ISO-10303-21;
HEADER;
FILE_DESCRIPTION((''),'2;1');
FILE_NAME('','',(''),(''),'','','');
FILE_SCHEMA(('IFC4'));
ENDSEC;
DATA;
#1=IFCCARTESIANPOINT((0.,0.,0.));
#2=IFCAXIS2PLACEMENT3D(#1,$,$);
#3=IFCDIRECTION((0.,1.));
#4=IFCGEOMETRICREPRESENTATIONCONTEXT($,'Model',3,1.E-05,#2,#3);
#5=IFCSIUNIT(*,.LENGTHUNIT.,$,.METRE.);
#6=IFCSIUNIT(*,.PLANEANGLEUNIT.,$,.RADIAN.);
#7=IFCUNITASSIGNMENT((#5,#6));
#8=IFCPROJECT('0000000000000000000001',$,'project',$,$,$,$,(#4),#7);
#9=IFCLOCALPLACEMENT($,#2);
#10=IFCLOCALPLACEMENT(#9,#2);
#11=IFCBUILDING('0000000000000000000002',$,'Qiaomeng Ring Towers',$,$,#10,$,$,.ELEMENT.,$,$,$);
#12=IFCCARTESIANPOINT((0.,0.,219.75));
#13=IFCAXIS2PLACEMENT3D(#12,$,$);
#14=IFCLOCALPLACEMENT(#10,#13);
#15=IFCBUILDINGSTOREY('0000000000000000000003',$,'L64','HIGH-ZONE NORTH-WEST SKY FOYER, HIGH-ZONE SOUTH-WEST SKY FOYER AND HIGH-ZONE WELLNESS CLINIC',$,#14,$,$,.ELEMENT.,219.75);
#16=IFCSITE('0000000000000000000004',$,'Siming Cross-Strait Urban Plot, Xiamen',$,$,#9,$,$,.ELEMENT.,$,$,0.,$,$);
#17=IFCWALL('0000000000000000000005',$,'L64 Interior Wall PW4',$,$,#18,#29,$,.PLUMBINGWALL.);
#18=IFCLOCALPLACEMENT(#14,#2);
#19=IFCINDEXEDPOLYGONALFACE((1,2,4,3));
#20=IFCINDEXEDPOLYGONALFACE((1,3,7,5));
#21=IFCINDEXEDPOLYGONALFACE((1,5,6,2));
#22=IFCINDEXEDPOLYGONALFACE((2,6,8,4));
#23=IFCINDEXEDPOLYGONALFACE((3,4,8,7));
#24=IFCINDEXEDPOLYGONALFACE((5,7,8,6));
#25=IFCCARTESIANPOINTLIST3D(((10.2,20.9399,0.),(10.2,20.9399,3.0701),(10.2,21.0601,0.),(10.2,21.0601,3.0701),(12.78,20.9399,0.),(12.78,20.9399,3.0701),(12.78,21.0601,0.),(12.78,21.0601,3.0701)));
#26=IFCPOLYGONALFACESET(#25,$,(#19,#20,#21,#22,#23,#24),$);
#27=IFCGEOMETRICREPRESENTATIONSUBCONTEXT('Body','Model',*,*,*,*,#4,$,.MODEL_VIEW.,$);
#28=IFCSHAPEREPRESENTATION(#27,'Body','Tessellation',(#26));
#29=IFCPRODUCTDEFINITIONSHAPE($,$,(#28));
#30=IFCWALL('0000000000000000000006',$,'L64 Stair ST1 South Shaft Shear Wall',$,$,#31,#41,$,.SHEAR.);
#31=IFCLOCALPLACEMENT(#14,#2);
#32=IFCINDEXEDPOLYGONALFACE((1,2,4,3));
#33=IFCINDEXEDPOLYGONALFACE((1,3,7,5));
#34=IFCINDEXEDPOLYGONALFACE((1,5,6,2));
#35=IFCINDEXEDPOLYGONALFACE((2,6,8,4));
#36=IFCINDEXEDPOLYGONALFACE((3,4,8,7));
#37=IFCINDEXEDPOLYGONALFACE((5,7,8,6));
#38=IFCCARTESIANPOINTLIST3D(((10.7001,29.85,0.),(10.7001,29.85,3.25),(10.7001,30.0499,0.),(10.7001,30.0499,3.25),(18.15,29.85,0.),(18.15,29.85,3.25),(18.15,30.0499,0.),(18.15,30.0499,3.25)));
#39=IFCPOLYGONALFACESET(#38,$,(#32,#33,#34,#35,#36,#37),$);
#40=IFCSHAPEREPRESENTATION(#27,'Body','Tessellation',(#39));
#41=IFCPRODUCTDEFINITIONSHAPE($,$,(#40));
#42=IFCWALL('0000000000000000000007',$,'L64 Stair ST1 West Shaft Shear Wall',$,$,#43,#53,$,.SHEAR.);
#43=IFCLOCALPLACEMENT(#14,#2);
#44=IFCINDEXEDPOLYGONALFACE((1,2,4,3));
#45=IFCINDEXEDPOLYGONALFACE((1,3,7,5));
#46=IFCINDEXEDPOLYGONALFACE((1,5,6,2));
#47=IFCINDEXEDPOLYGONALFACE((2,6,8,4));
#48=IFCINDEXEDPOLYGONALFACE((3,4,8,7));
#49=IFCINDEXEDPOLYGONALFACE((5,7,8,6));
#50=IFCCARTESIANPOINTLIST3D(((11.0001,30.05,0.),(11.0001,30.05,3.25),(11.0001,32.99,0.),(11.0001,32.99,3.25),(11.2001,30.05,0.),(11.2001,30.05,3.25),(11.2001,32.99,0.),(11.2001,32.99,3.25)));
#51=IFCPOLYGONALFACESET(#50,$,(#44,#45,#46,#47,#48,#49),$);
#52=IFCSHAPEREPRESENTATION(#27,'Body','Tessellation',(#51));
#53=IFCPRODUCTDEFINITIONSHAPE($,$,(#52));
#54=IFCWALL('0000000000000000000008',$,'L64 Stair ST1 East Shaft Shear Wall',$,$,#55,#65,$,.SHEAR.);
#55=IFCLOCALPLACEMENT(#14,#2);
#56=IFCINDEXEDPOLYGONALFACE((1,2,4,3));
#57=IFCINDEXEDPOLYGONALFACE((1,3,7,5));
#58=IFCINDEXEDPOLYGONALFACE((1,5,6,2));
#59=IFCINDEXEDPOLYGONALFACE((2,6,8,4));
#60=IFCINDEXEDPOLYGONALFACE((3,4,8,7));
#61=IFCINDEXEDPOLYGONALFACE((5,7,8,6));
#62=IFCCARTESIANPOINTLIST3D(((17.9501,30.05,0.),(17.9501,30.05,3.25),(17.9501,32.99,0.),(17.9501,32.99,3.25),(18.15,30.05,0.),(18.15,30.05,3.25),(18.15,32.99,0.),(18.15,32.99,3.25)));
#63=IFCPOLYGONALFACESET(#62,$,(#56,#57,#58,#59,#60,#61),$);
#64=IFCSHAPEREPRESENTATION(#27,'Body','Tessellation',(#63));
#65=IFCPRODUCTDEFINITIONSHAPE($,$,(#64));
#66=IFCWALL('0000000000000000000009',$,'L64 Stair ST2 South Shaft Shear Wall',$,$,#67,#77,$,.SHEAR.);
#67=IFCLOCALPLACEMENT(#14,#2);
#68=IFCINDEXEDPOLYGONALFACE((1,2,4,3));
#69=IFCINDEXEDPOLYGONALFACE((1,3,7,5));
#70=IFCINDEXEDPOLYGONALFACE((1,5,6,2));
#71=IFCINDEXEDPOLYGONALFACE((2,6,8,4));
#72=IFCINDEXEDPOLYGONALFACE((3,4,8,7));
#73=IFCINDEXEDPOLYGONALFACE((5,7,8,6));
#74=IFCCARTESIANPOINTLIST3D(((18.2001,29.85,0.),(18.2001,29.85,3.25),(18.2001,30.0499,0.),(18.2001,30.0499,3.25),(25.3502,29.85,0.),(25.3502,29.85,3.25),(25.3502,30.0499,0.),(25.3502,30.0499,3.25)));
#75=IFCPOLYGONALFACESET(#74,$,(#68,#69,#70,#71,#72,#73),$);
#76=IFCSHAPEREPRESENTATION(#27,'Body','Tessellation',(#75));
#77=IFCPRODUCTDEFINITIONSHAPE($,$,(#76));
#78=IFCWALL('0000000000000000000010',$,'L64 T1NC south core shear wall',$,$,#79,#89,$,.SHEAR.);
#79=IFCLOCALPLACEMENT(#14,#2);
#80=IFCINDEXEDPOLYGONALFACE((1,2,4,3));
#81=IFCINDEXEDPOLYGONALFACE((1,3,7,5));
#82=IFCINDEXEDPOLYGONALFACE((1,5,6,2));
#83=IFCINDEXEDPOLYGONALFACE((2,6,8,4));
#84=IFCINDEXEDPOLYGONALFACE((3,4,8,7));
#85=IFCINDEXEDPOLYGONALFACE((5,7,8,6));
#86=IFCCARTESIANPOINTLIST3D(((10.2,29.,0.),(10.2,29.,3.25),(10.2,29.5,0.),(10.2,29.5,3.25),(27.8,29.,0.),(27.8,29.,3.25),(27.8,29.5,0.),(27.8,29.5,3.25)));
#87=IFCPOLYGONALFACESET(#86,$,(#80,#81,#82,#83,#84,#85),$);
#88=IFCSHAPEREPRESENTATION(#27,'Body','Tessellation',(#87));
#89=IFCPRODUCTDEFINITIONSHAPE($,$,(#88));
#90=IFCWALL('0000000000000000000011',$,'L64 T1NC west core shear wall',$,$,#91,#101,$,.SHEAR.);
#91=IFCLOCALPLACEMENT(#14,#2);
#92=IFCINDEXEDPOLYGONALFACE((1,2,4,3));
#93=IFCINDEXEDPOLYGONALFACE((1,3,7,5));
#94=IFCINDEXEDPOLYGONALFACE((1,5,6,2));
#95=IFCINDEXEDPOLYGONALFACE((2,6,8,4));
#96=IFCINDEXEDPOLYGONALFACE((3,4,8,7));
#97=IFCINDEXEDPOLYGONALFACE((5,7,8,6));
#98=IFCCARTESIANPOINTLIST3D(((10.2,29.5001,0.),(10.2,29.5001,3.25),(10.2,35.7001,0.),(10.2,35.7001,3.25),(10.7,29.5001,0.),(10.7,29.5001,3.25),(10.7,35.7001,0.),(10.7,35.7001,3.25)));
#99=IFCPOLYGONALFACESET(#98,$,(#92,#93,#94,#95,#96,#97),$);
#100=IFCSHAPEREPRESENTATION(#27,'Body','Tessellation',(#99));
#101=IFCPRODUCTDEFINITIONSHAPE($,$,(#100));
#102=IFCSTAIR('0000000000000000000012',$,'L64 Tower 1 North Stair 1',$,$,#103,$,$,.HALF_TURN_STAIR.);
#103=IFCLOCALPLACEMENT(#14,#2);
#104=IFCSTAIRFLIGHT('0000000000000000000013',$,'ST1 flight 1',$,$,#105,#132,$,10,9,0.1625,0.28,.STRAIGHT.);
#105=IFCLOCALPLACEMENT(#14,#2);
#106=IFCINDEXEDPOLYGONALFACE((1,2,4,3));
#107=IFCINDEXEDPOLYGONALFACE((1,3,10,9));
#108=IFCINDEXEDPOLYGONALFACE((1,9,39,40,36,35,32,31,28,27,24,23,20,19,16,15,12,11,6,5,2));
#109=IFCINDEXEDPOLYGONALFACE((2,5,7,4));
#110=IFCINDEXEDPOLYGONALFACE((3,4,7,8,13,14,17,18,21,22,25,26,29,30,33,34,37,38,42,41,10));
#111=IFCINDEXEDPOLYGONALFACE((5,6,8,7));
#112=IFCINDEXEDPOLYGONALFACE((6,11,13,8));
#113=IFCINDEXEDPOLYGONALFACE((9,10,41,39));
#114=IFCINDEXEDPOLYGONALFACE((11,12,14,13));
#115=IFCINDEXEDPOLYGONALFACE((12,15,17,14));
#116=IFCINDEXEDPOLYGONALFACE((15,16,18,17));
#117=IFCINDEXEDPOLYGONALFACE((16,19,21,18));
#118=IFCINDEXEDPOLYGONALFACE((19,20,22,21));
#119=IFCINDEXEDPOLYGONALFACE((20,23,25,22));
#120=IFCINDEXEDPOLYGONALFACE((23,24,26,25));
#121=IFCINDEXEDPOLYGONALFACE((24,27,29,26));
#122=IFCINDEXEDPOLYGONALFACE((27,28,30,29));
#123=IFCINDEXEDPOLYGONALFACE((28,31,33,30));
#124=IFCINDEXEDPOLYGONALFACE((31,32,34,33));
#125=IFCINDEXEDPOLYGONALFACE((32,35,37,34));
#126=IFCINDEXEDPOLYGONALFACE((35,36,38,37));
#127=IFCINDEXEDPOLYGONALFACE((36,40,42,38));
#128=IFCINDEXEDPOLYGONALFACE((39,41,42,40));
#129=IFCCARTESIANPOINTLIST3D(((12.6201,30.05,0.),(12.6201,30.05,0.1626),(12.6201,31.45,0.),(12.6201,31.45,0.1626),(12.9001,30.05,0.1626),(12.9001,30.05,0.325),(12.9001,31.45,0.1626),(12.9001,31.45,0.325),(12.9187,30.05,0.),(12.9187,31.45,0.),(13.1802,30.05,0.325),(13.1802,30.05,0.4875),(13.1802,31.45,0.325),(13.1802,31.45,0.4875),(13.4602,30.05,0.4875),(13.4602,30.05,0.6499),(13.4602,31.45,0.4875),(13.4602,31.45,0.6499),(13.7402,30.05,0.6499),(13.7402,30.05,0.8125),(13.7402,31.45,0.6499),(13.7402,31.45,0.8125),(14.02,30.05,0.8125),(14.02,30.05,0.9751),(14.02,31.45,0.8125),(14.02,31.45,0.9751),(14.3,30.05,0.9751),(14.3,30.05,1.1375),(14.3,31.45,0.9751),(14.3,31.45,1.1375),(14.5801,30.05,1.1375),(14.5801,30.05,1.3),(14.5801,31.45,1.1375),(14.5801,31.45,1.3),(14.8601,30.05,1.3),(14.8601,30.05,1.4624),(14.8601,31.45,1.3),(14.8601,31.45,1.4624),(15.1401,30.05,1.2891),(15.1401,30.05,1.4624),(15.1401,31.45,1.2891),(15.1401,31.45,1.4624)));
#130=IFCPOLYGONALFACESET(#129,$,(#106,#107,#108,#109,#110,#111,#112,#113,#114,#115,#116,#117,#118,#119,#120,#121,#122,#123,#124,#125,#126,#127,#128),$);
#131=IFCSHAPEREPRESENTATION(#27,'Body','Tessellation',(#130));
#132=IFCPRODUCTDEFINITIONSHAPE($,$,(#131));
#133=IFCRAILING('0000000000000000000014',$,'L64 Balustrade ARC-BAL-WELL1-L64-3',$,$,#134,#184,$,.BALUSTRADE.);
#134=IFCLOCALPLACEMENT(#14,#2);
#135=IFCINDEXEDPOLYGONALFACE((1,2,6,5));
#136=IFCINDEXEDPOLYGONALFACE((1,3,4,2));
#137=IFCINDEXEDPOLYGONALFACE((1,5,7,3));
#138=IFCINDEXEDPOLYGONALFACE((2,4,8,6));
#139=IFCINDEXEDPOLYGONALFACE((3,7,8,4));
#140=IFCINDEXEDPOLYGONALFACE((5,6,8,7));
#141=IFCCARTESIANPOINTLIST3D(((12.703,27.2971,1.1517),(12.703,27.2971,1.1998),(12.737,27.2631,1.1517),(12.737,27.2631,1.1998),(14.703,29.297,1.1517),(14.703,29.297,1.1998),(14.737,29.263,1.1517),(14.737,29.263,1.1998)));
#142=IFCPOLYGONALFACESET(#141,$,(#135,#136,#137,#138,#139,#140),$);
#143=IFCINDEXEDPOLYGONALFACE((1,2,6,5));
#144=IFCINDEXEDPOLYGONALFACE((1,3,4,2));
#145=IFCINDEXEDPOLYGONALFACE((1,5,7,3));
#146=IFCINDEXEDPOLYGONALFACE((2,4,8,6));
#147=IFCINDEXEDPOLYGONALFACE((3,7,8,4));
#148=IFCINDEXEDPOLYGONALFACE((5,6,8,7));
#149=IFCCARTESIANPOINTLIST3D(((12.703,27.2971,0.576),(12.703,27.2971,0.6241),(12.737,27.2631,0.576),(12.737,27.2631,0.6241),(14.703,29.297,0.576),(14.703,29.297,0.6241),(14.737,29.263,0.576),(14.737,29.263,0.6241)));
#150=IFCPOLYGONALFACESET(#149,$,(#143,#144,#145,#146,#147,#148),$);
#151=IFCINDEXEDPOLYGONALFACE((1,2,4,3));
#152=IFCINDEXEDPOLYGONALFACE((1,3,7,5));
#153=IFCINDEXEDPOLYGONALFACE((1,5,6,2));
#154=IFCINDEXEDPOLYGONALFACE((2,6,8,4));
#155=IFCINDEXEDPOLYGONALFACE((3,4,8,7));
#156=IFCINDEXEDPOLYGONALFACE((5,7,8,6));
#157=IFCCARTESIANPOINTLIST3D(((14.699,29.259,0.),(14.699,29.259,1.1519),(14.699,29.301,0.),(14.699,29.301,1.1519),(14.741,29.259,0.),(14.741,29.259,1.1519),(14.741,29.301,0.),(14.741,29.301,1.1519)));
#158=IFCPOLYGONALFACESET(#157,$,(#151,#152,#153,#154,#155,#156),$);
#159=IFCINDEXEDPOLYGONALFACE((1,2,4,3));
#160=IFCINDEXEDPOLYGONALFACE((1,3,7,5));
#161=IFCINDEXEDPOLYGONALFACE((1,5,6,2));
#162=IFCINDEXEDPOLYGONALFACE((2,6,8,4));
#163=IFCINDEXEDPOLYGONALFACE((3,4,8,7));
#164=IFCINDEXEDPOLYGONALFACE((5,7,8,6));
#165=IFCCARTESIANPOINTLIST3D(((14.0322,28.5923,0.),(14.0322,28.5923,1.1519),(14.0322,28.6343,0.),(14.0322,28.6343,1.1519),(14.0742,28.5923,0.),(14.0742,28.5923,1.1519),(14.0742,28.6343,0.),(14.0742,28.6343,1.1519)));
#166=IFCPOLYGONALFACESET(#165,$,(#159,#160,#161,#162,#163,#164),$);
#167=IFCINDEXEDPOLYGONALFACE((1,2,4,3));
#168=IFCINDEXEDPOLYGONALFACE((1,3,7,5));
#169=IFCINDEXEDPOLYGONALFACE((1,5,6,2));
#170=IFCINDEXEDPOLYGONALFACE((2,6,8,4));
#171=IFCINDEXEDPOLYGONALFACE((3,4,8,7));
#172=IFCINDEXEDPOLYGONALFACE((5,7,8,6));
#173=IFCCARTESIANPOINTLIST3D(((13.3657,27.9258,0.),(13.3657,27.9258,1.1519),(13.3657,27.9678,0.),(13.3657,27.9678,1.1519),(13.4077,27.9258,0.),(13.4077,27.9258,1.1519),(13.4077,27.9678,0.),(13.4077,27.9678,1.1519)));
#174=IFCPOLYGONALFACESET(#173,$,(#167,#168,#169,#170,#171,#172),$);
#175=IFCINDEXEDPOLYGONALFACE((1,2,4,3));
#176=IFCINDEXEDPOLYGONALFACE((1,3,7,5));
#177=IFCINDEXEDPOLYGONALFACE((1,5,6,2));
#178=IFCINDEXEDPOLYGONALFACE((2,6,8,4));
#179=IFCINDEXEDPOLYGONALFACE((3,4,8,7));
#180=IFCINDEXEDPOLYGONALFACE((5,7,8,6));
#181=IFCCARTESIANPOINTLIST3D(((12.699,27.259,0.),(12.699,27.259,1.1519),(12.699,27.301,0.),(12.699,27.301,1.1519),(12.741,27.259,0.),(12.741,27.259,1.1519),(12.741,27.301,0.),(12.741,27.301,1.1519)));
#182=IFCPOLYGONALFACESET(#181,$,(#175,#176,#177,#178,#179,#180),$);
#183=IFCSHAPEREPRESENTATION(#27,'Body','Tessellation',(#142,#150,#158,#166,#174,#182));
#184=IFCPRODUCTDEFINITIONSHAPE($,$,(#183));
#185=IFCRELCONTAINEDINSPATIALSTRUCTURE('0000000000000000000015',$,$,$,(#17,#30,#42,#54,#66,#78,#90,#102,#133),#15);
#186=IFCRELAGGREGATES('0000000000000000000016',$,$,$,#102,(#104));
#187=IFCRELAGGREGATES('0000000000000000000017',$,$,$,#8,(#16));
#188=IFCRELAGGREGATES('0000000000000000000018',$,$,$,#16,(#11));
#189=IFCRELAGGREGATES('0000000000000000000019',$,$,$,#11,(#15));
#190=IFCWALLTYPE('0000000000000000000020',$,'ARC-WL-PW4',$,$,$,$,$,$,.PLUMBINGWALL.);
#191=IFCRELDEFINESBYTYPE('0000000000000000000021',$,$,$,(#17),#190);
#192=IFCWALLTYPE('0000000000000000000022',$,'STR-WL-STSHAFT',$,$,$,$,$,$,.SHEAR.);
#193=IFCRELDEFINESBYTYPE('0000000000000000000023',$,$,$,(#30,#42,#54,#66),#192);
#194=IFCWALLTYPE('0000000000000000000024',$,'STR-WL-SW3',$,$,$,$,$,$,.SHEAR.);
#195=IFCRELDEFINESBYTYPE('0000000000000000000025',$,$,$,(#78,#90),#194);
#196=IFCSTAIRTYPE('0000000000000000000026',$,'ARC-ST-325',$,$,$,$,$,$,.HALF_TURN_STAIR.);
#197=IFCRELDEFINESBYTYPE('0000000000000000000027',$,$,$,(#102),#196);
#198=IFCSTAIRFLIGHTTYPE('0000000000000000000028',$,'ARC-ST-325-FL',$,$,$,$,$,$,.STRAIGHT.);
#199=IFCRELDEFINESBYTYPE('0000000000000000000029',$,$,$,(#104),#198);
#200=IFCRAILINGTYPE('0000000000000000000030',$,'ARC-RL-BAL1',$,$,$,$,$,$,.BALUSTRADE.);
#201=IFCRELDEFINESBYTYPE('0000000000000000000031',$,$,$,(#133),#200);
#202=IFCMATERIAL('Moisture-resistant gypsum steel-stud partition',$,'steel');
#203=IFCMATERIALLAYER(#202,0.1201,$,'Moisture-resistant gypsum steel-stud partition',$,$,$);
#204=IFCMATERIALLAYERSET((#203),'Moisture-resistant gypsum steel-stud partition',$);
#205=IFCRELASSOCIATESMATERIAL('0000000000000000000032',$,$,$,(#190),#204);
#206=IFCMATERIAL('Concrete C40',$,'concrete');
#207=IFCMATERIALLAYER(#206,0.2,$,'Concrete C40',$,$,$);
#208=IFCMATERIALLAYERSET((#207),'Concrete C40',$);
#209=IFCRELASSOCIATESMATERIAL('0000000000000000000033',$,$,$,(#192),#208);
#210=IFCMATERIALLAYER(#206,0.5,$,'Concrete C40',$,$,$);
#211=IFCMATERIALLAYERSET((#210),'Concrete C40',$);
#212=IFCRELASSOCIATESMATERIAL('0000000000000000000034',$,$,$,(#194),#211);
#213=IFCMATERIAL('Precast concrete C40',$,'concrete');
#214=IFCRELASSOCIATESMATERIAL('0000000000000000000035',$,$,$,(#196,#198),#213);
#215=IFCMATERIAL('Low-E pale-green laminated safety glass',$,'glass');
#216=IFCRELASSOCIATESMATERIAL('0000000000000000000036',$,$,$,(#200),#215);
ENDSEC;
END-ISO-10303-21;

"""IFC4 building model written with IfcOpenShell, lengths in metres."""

from ifc_helpers import new_model, si_unit, direction, frame, frame_2d, origin, origin_2d, place, context, subcontext, project, spatial, polyline, rectangle, outline, extrude, source, transform, mapped, material, layer, layer_set, type_object, element, aggregate, save


model = new_model("IFC4")

# Units and contexts
model_context = context("Model", 3, precision=1e-05, world=origin(), true_north=direction((0.0, 1.0)))
body_context = subcontext(model_context, "Body", "Model", "MODEL_VIEW")
ifc_project = project(units=[si_unit("LENGTHUNIT", "METRE"), si_unit("PLANEANGLEUNIT", "RADIAN")], contexts=[model_context])

# Site, building, storey
site_placement = place(None, origin())
site = spatial("IfcSite", under=ifc_project, at=site_placement, Name="Siming Cross-Strait Urban Plot, Xiamen", CompositionType="ELEMENT", RefElevation=0.0)
building_placement = place(site_placement, origin())
building = spatial("IfcBuilding", under=site, at=building_placement, Name="Qiaomeng Ring Towers", CompositionType="ELEMENT")
storey_placement = place(building_placement, frame((0.0, 0.0, 219.75)))
storey = spatial("IfcBuildingStorey", under=building, at=storey_placement, Name="L64", Description="HIGH-ZONE NORTH-WEST SKY FOYER, HIGH-ZONE SOUTH-WEST SKY FOYER AND HIGH-ZONE WELLNESS CLINIC", CompositionType="ELEMENT", Elevation=219.75)

# Shared definitions
ifc_material_1 = material(Name="Concrete C40", Category="concrete")

# Walls
ifc_material_2 = material(Name="Moisture-resistant gypsum steel-stud partition", Category="steel")
ifc_layer_1 = layer(ifc_material_2, 0.1201, Name="Moisture-resistant gypsum steel-stud partition")
ifc_layer_set_1 = layer_set([ifc_layer_1], Name="Moisture-resistant gypsum steel-stud partition")
wall_type_1 = type_object("IfcWallType", Name="ARC-WL-PW4", PredefinedType="PLUMBINGWALL", material=ifc_layer_set_1)
wall_1_placement = place(storey_placement, frame((10.2, 21.0, 0.0), z_axis=(0.0, 0.0, 1.0), x_axis=(1.0, 0.0, 0.0)))
element("IfcWall", 1, at=wall_1_placement, inside=storey, type_object=wall_type_1, Name="L64 Interior Wall PW4", PredefinedType="PLUMBINGWALL", context=body_context, shape_type="SweptSolid", body=[
    extrude(rectangle(XDim=2.5801, YDim=0.1201, at=frame_2d((1.29, 0.0))), origin(), (0.0, 0.0, 1.0), 3.0701),
])
ifc_layer_2 = layer(ifc_material_1, 0.2, Name="Concrete C40")
ifc_layer_set_2 = layer_set([ifc_layer_2], Name="Concrete C40")
wall_type_2 = type_object("IfcWallType", Name="STR-WL-STSHAFT", PredefinedType="SHEAR", material=ifc_layer_set_2)
wall_2_placement = place(storey_placement, frame((10.7, 29.95, 0.0), z_axis=(0.0, 0.0, 1.0), x_axis=(1.0, 0.0, 0.0)))
element("IfcWall", 2, at=wall_2_placement, inside=storey, type_object=wall_type_2, Name="L64 Stair ST1 South Shaft Shear Wall", PredefinedType="SHEAR", context=body_context, shape_type="SweptSolid", body=[
    extrude(rectangle(XDim=7.45, YDim=0.2, at=frame_2d((3.7251, 0.0))), origin(), (0.0, 0.0, 1.0), 3.25),
])
for number, where, z_axis, x_axis, name in (
    (3, (11.1001, 30.05, 0.0), (0.0, 0.0, 1.0), (0.0, 1.0, 0.0), "L64 Stair ST1 West Shaft Shear Wall"),
    (4, (18.05, 30.05, 0.0), (0.0, 0.0, 1.0), (0.0, 1.0, 0.0), "L64 Stair ST1 East Shaft Shear Wall"),
):
    element("IfcWall", number, at=place(storey_placement, frame(where, z_axis=z_axis, x_axis=x_axis)), inside=storey, type_object=wall_type_2, Name=name, PredefinedType="SHEAR", context=body_context, shape_type="SweptSolid", body=[
        extrude(rectangle(XDim=2.9399, YDim=0.2, at=frame_2d((1.47, 0.0))), origin(), (0.0, 0.0, 1.0), 3.25),
    ])
wall_3_placement = place(storey_placement, frame((18.2, 29.95, 0.0), z_axis=(0.0, 0.0, 1.0), x_axis=(1.0, 0.0, 0.0)))
element("IfcWall", 5, at=wall_3_placement, inside=storey, type_object=wall_type_2, Name="L64 Stair ST2 South Shaft Shear Wall", PredefinedType="SHEAR", context=body_context, shape_type="SweptSolid", body=[
    extrude(rectangle(XDim=7.1501, YDim=0.2, at=frame_2d((3.5752, 0.0))), origin(), (0.0, 0.0, 1.0), 3.25),
])
ifc_layer_3 = layer(ifc_material_1, 0.5, Name="Concrete C40")
ifc_layer_set_3 = layer_set([ifc_layer_3], Name="Concrete C40")
wall_type_3 = type_object("IfcWallType", Name="STR-WL-SW3", PredefinedType="SHEAR", material=ifc_layer_set_3)
wall_4_placement = place(storey_placement, frame((10.2, 29.25, 0.0), z_axis=(0.0, 0.0, 1.0), x_axis=(1.0, 0.0, 0.0)))
element("IfcWall", 6, at=wall_4_placement, inside=storey, type_object=wall_type_3, Name="L64 T1NC south core shear wall", PredefinedType="SHEAR", context=body_context, shape_type="SweptSolid", body=[
    extrude(rectangle(XDim=17.6001, YDim=0.5, at=frame_2d((8.8, 0.0))), origin(), (0.0, 0.0, 1.0), 3.25),
])
wall_5_placement = place(storey_placement, frame((10.45, 29.5, 0.0), z_axis=(0.0, 0.0, 1.0), x_axis=(0.0, 1.0, 0.0)))
element("IfcWall", 7, at=wall_5_placement, inside=storey, type_object=wall_type_3, Name="L64 T1NC west core shear wall", PredefinedType="SHEAR", context=body_context, shape_type="SweptSolid", body=[
    extrude(rectangle(XDim=6.2, YDim=0.5, at=frame_2d((3.1001, 0.0))), origin(), (0.0, 0.0, 1.0), 3.25),
])

# Stair, stair flight
ifc_material_3 = material(Name="Precast concrete C40", Category="concrete")
stair_type = type_object("IfcStairType", Name="ARC-ST-325", PredefinedType="HALF_TURN_STAIR", material=ifc_material_3)
stair_placement = place(storey_placement, origin())
stair = element("IfcStair", 8, at=stair_placement, inside=storey, type_object=stair_type, Name="L64 Tower 1 North Stair 1", PredefinedType="HALF_TURN_STAIR")
stair_flight_type = type_object("IfcStairFlightType", Name="ARC-ST-325-FL", PredefinedType="STRAIGHT", material=ifc_material_3)
shared_shape_1 = source(origin(), body_context, "Body", "SweptSolid", [
    extrude(outline(polyline([(0.0, 0.0), (0.0, 0.1626), (0.28, 0.1626), (0.28, 0.325), (0.5601, 0.325), (0.5601, 0.4875), (0.8401, 0.4875), (0.8401, 0.6499), (1.1201, 0.6499), (1.1201, 0.8125), (1.3999, 0.8125), (1.3999, 0.9751), (1.6799, 0.9751), (1.6799, 1.1375), (1.96, 1.1375), (1.96, 1.3), (2.24, 1.3), (2.24, 1.4624), (2.52, 1.4624), (2.52, 1.625), (2.52, 1.2891), (0.2986, 0.0), (0.0, 0.0)])), frame((0.0, 0.7, 0.0), z_axis=(0.0, -1.0, 0.0), x_axis=(1.0, 0.0, 0.0)), (0.0, 0.0, 1.0), 1.3999),
])
stair_flight_placement = place(storey_placement, frame((12.6201, 30.75, 0.0), z_axis=(0.0, 0.0, 1.0), x_axis=(1.0, 0.0, 0.0)))
stair_flight = element("IfcStairFlight", 9, at=stair_flight_placement, type_object=stair_flight_type, Name="ST1 flight 1", NumberOfRisers=10, NumberOfTreads=9, PredefinedType="STRAIGHT", RiserHeight=0.1625, TreadLength=0.28, context=body_context, shape_type="MappedRepresentation", body=[
    mapped(shared_shape_1, transform((0.0, 0.0, 0.0), x_axis=(1.0, 0.0, 0.0), y_axis=(0.0, 1.0, 0.0), z_axis=(0.0, 0.0, 1.0), scale=1.0)),
])
aggregate(stair, [stair_flight])

# Railing
ifc_material_4 = material(Name="Low-E pale-green laminated safety glass", Category="glass")
railing_type_1 = type_object("IfcRailingType", Name="ARC-RL-BAL1", PredefinedType="BALUSTRADE", material=ifc_material_4)
railing_1_placement = place(storey_placement, frame((14.72, 29.28, 0.0)))
element("IfcRailing", 10, at=railing_1_placement, inside=storey, type_object=railing_type_1, Name="L64 Balustrade ARC-BAL-WELL1-L64-3", PredefinedType="BALUSTRADE", context=body_context, shape_type="SweptSolid", body=[
    extrude(rectangle(XDim=0.0481, YDim=0.0481, at=origin_2d()), frame((0.0, 0.0, 1.1758), z_axis=(-0.707107, -0.707107, 0.0), x_axis=(0.707107, -0.707107, 0.0)), (0.0, 0.0, 1.0), 2.8284),
    extrude(rectangle(XDim=0.0481, YDim=0.0481, at=origin_2d()), frame((0.0, 0.0, 0.6001), z_axis=(-0.707107, -0.707107, 0.0), x_axis=(0.707107, -0.707107, 0.0)), (0.0, 0.0, 1.0), 2.8284),
    extrude(rectangle(XDim=0.042, YDim=0.042, at=origin_2d()), origin(), (0.0, 0.0, 1.0), 1.1519),
    extrude(rectangle(XDim=0.042, YDim=0.042, at=origin_2d()), frame((-0.6667, -0.6667, 0.0)), (0.0, 0.0, 1.0), 1.1519),
    extrude(rectangle(XDim=0.042, YDim=0.042, at=origin_2d()), frame((-1.3333, -1.3333, 0.0)), (0.0, 0.0, 1.0), 1.1519),
    extrude(rectangle(XDim=0.042, YDim=0.042, at=origin_2d()), frame((-2.0, -2.0, 0.0)), (0.0, 0.0, 1.0), 1.1519),
])

save(model, "model.ifc")
